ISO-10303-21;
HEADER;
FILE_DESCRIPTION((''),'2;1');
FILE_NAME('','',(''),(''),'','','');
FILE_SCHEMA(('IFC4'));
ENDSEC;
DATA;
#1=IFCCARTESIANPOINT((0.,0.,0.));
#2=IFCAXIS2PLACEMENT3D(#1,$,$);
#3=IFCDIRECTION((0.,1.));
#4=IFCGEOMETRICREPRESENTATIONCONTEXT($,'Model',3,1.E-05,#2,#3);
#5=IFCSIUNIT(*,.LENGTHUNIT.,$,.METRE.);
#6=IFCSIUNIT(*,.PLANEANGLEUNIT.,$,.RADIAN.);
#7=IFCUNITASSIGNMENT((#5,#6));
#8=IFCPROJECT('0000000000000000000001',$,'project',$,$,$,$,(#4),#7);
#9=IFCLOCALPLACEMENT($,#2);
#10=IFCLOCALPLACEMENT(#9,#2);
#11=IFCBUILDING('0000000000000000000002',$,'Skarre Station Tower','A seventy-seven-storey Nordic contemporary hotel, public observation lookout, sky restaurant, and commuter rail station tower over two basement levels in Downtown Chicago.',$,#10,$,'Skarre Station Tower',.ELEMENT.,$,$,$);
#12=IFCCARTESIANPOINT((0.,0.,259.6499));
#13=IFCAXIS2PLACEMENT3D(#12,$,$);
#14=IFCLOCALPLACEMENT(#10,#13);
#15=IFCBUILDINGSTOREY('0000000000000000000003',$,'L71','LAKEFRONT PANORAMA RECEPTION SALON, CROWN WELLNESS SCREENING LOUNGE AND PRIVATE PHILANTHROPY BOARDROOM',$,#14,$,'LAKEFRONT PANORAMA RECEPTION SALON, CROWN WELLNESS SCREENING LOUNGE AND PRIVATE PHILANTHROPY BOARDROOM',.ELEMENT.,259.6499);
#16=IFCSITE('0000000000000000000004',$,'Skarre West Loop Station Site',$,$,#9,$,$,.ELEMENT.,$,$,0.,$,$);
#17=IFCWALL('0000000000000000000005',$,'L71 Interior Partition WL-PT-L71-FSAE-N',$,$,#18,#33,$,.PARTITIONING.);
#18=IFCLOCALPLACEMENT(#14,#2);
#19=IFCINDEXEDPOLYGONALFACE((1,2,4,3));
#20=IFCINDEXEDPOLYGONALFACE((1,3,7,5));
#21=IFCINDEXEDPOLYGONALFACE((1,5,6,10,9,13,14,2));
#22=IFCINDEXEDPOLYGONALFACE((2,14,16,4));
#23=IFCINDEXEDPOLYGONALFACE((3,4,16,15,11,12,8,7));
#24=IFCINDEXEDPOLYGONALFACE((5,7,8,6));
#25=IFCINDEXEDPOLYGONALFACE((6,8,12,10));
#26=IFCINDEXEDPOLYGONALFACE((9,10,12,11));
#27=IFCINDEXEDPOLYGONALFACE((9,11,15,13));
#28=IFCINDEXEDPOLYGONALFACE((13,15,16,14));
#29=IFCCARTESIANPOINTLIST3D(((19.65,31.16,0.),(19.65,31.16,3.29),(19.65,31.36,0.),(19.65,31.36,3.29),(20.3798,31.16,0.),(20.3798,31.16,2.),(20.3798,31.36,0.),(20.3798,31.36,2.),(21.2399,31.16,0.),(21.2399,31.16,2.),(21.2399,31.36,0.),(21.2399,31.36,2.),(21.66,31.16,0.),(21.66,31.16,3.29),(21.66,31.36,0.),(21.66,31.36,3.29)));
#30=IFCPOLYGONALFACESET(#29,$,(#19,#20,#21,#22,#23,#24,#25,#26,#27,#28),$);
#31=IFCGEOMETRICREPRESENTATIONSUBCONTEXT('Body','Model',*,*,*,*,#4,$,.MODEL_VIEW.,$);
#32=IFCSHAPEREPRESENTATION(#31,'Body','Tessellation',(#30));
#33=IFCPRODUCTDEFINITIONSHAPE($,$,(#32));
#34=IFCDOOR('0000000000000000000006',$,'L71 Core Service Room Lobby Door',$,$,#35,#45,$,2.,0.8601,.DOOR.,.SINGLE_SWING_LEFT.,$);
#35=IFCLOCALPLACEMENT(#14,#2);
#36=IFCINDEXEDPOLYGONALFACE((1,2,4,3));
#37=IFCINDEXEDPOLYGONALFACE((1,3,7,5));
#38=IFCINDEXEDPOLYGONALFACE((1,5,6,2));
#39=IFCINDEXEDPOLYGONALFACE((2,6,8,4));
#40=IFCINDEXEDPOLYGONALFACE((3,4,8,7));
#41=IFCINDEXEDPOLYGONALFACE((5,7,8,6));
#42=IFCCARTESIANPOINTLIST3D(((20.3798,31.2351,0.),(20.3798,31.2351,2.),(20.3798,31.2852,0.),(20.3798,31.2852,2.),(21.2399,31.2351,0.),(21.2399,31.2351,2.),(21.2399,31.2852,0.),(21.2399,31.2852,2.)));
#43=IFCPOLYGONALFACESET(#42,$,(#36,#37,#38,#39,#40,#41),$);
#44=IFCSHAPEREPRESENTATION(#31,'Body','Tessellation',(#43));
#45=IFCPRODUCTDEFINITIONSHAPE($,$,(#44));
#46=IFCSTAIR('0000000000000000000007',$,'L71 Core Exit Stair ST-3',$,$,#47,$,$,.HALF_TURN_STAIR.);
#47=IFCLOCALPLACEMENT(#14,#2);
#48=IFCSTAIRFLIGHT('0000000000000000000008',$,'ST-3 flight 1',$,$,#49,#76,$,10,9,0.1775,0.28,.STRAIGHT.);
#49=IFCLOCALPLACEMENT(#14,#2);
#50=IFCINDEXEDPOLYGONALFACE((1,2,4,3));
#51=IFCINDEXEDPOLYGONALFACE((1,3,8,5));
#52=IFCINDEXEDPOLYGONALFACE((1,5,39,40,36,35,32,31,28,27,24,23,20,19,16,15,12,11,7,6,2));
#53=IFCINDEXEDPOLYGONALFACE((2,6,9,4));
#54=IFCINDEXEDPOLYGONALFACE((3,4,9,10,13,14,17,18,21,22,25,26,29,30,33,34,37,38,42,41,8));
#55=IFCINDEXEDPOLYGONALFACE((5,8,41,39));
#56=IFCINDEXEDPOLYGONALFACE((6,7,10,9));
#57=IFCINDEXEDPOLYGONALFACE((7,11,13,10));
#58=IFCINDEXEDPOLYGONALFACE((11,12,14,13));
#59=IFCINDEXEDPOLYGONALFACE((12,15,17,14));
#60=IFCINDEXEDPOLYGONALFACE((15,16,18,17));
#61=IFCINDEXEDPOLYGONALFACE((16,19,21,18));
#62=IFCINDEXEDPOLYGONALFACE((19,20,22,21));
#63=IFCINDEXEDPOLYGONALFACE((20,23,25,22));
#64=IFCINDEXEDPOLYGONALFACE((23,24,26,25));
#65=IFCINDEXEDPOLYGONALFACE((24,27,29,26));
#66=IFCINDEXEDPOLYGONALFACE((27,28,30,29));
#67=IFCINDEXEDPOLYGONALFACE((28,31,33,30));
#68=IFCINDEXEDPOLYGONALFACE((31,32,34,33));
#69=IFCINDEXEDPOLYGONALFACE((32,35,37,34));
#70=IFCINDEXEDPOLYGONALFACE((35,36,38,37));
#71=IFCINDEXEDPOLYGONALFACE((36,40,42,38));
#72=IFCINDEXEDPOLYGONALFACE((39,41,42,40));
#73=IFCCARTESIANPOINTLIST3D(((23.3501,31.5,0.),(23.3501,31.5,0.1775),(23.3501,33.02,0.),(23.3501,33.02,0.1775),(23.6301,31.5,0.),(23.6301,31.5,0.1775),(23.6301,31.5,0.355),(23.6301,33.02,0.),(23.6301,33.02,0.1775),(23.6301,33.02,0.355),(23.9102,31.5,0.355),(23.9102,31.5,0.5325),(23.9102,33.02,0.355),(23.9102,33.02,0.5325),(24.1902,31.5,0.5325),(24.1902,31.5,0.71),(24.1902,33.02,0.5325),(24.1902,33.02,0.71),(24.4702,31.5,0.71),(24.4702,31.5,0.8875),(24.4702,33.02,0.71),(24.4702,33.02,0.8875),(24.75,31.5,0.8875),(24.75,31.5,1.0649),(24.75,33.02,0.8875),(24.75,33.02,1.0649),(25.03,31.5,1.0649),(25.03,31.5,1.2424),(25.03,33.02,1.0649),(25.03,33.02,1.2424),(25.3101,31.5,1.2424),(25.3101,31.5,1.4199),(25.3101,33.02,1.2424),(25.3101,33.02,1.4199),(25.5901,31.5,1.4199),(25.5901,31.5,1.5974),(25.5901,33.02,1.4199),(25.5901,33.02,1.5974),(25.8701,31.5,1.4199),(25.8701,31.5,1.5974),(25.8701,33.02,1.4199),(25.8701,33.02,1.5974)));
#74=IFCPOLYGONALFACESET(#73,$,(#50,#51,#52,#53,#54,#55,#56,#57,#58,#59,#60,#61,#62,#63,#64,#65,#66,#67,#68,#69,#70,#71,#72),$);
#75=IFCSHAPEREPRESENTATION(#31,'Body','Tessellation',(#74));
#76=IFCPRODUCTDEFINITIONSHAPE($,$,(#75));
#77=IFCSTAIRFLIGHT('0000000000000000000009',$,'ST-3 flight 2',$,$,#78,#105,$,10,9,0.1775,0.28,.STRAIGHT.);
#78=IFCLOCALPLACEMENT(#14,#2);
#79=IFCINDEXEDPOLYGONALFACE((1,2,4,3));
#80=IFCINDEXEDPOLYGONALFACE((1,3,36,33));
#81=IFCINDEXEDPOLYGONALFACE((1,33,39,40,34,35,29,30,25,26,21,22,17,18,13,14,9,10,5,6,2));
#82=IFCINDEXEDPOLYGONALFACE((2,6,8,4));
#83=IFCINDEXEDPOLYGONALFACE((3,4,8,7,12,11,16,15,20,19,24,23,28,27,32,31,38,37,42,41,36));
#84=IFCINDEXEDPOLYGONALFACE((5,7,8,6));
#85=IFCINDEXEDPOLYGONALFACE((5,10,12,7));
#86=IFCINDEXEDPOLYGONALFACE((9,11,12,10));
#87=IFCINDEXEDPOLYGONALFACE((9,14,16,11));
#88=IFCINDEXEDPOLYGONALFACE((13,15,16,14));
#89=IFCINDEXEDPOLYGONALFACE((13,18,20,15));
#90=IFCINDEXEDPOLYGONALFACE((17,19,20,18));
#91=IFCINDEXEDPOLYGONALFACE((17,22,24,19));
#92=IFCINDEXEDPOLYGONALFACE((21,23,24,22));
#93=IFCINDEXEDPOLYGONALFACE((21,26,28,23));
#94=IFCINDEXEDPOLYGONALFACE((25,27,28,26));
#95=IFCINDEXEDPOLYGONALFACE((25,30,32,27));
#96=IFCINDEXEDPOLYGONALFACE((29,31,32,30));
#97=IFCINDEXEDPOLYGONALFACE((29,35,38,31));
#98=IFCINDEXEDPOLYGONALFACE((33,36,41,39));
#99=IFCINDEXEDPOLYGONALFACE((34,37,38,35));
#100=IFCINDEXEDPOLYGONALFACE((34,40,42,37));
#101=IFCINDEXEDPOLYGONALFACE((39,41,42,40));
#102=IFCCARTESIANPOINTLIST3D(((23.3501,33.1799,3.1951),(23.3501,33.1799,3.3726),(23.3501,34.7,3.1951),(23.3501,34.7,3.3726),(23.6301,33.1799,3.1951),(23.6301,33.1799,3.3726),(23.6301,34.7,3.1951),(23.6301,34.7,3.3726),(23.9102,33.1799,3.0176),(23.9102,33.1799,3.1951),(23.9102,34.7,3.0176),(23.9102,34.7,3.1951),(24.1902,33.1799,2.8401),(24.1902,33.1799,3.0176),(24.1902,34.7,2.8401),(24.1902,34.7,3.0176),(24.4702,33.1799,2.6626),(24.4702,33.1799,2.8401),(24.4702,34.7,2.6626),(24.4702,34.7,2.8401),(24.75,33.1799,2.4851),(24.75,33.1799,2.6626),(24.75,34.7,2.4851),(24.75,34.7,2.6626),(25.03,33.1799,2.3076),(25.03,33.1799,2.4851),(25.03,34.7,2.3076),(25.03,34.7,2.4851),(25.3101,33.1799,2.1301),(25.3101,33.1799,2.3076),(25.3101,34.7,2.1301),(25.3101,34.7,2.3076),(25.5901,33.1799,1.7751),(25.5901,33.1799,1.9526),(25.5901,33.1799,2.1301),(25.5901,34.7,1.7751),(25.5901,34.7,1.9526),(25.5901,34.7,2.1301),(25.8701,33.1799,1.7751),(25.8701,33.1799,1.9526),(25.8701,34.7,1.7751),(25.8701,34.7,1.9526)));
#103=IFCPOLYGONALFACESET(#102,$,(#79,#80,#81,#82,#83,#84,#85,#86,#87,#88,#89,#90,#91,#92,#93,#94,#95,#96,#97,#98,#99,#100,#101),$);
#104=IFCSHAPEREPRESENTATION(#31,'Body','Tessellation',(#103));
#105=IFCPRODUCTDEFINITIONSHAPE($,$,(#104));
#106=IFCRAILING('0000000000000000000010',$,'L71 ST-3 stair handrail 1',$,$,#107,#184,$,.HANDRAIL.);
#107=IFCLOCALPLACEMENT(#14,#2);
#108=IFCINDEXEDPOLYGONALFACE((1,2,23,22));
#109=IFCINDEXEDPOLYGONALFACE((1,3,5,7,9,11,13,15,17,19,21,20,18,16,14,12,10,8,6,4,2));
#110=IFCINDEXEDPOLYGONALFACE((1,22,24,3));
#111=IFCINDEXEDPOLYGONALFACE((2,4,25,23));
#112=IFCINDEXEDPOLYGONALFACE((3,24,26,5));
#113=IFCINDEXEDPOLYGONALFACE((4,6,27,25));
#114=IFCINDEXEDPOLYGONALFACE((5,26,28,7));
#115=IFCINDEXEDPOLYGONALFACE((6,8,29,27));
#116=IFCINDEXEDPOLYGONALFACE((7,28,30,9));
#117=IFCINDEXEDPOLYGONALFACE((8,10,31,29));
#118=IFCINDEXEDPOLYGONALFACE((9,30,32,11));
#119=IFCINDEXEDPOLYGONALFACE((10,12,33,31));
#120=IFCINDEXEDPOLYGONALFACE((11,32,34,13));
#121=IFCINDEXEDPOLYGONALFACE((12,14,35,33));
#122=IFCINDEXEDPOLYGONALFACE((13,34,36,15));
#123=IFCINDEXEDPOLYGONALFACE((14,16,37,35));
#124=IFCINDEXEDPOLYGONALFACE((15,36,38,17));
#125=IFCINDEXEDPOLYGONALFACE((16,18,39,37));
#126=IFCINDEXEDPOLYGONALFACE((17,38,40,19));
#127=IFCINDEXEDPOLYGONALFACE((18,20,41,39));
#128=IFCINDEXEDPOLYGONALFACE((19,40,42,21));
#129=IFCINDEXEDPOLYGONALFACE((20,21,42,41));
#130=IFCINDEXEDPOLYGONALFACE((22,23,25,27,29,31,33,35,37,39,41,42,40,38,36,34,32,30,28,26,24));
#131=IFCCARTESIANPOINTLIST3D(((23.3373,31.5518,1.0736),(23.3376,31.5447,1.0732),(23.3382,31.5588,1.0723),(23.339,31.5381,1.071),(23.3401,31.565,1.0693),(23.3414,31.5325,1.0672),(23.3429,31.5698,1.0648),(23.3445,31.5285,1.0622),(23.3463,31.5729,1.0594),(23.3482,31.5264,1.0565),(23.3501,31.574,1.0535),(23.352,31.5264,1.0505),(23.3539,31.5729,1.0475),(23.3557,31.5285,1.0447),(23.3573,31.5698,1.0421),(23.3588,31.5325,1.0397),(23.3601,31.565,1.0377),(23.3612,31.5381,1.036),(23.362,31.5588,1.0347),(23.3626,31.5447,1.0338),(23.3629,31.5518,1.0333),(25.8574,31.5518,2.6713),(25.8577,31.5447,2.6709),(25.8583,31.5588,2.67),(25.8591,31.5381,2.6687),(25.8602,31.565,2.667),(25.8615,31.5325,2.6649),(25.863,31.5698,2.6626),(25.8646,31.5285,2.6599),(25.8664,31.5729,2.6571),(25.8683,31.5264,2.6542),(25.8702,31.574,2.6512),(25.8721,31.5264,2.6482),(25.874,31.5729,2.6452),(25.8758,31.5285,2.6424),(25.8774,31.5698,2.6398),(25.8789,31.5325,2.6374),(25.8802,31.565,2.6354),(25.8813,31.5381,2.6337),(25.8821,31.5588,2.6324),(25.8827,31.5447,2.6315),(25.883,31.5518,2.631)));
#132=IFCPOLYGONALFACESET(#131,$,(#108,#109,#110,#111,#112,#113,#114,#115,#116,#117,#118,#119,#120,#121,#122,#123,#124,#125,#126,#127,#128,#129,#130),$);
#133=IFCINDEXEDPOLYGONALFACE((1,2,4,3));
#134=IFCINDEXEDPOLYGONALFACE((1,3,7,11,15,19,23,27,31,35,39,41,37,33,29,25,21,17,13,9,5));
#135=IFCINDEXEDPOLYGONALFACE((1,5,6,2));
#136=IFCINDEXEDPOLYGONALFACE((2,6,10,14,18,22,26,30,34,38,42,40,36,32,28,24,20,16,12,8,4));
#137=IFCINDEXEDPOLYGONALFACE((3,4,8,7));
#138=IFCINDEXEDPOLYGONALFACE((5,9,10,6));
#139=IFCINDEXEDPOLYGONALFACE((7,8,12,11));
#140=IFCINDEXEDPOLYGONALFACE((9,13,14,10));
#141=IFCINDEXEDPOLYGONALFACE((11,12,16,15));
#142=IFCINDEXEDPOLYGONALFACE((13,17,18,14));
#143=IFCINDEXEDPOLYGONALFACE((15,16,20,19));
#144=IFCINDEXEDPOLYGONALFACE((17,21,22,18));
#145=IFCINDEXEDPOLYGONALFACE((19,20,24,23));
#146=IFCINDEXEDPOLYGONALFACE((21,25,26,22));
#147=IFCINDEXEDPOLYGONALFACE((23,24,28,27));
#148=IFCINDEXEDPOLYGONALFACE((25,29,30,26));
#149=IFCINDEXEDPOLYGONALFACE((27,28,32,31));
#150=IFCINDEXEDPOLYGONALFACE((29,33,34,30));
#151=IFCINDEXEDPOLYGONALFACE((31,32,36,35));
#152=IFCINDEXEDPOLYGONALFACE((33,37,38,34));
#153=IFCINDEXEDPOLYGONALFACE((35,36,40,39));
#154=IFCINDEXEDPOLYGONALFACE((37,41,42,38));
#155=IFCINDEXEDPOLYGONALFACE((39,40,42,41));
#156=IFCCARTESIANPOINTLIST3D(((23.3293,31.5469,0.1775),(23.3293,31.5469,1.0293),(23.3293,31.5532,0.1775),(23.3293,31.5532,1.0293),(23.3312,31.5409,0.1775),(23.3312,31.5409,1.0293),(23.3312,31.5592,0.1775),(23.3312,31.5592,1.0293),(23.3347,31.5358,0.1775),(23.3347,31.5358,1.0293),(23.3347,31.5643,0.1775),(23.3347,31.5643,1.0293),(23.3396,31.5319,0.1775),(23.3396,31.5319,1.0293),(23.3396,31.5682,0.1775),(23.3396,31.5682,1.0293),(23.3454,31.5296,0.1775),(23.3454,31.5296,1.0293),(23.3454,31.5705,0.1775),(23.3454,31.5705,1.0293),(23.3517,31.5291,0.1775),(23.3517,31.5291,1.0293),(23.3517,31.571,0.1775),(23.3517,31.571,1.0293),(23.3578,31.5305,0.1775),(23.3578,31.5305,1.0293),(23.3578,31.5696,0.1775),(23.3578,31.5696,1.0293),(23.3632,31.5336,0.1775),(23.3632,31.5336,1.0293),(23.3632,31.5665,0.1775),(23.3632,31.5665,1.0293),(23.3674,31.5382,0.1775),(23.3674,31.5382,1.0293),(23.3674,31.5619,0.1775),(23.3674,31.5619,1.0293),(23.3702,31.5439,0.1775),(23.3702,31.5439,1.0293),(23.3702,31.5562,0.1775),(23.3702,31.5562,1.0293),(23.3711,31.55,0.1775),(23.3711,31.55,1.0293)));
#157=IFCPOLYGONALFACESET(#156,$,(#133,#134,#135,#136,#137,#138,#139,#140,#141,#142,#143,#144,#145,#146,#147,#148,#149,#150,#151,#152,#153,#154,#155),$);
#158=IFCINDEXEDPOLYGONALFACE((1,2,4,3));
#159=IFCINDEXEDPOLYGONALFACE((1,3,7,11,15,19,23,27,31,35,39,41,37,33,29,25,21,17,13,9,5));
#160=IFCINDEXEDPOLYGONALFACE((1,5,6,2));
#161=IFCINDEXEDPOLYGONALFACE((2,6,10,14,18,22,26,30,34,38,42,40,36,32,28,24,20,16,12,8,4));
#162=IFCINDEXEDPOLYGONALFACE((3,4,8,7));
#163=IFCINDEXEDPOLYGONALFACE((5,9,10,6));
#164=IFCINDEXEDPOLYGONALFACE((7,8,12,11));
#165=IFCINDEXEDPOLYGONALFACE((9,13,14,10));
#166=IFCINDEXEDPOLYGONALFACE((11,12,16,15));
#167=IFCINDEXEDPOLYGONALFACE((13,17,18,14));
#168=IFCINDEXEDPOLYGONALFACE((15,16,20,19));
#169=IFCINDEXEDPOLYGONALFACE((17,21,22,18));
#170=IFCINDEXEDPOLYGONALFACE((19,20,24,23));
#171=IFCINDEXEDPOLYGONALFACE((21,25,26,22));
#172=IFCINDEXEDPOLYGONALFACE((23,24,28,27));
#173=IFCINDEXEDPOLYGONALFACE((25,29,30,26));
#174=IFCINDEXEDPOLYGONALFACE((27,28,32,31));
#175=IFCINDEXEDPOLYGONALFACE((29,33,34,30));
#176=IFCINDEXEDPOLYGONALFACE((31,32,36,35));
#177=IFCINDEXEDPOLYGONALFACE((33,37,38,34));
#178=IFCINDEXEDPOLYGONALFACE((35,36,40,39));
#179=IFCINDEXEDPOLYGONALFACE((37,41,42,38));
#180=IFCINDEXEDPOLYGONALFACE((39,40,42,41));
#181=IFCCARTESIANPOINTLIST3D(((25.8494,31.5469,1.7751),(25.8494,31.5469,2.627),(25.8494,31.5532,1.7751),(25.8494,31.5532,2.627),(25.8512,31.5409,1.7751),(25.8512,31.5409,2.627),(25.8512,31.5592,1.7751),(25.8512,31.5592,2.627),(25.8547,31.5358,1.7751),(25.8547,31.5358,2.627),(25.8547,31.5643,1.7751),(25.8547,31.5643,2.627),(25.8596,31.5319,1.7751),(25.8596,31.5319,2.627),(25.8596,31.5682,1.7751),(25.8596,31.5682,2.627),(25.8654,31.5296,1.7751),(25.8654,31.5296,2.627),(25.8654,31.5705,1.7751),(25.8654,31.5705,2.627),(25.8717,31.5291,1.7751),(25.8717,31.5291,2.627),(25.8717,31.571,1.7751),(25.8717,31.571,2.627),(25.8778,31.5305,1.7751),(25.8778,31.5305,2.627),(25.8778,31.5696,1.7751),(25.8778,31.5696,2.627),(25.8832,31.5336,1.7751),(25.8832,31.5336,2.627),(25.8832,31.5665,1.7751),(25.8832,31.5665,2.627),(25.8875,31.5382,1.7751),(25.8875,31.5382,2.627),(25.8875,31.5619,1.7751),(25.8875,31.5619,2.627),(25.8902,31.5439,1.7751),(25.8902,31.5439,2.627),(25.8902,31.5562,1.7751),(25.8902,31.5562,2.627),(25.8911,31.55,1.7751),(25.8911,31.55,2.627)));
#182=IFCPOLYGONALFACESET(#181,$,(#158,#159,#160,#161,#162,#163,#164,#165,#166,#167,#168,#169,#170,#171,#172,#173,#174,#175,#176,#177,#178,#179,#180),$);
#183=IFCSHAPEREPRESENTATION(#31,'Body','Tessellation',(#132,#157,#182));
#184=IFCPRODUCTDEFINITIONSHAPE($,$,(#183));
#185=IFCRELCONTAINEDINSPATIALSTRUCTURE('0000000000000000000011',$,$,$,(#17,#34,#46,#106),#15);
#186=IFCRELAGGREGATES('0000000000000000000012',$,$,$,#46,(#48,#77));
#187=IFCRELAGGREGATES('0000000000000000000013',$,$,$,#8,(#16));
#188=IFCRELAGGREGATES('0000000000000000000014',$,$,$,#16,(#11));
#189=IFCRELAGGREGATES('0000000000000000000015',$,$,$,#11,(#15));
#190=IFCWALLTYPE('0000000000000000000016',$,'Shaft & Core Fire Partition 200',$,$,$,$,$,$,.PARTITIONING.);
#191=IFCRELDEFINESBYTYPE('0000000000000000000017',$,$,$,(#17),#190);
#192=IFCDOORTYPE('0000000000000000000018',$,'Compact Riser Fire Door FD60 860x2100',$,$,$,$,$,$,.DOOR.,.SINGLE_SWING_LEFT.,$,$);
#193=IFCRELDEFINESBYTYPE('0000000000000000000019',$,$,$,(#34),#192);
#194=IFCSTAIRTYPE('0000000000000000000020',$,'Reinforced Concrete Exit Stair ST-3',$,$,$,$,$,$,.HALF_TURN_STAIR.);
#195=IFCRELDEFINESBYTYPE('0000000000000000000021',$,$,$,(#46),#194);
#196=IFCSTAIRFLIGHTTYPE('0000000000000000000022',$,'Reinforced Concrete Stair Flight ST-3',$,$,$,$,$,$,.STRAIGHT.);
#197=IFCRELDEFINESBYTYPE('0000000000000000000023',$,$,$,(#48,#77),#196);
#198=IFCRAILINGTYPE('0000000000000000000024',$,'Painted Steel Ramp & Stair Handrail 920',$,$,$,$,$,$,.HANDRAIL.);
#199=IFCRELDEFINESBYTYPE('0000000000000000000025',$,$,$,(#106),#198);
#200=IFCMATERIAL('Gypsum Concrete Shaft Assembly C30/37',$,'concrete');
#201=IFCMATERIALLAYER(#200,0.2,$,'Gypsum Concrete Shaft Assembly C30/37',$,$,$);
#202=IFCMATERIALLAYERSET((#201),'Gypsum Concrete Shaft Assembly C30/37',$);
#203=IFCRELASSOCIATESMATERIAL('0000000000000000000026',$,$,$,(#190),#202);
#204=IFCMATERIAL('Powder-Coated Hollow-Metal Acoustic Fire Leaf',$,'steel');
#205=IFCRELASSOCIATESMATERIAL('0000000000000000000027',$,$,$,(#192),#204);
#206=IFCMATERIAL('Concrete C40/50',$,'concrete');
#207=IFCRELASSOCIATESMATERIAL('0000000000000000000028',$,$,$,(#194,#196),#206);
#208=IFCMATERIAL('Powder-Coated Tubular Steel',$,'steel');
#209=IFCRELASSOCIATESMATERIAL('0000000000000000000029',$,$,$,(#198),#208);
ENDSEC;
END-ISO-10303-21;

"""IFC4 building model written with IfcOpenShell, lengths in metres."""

from ifc_helpers import new_model, si_unit, direction, frame, frame_2d, origin, origin_2d, place, context, subcontext, project, spatial, polyline, rectangle, circle, outline, extrude, material, layer, layer_set, type_object, element, fill, aggregate, save


model = new_model("IFC4")

# Units and contexts
model_context = context("Model", 3, precision=1e-05, world=origin(), true_north=direction((0.0, 1.0)))
body_context = subcontext(model_context, "Body", "Model", "MODEL_VIEW")
ifc_project = project(units=[si_unit("LENGTHUNIT", "METRE"), si_unit("PLANEANGLEUNIT", "RADIAN")], contexts=[model_context])

# Site, building, storey
site_placement = place(None, origin())
site = spatial("IfcSite", under=ifc_project, at=site_placement, Name="Skarre West Loop Station Site", CompositionType="ELEMENT", RefElevation=0.0)
building_placement = place(site_placement, origin())
building = spatial("IfcBuilding", under=site, at=building_placement, Name="Skarre Station Tower", Description="A seventy-seven-storey Nordic contemporary hotel, public observation lookout, sky restaurant, and commuter rail station tower over two basement levels in Downtown Chicago.", LongName="Skarre Station Tower", CompositionType="ELEMENT")
storey_placement = place(building_placement, frame((0.0, 0.0, 259.6499)))
storey = spatial("IfcBuildingStorey", under=building, at=storey_placement, Name="L71", Description="LAKEFRONT PANORAMA RECEPTION SALON, CROWN WELLNESS SCREENING LOUNGE AND PRIVATE PHILANTHROPY BOARDROOM", LongName="LAKEFRONT PANORAMA RECEPTION SALON, CROWN WELLNESS SCREENING LOUNGE AND PRIVATE PHILANTHROPY BOARDROOM", CompositionType="ELEMENT", Elevation=259.6499)

# Wall, opening, door
ifc_material_1 = material(Name="Gypsum Concrete Shaft Assembly C30/37", Category="concrete")
ifc_layer_1 = layer(ifc_material_1, 0.2, Name="Gypsum Concrete Shaft Assembly C30/37")
ifc_layer_set_1 = layer_set([ifc_layer_1], Name="Gypsum Concrete Shaft Assembly C30/37")
wall_type_1 = type_object("IfcWallType", Name="Shaft & Core Fire Partition 200", PredefinedType="PARTITIONING", material=ifc_layer_set_1)
wall_1_placement = place(storey_placement, frame((21.6599, 31.26, 0.0), z_axis=(0.0, 0.0, 1.0), x_axis=(-1.0, 0.0, 0.0)))
wall_1 = element("IfcWall", 1, at=wall_1_placement, inside=storey, type_object=wall_type_1, Name="L71 Interior Partition WL-PT-L71-FSAE-N", PredefinedType="PARTITIONING", context=body_context, shape_type="SweptSolid", body=[
    extrude(rectangle(XDim=2.01, YDim=0.2, at=frame_2d((1.0049, 0.0))), origin(), (0.0, 0.0, 1.0), 3.29),
])
opening_1_placement = place(wall_1_placement, frame((0.4199, 0.0, 0.0)))
opening_1 = element("IfcOpeningElement", 2, at=opening_1_placement, cuts=wall_1, PredefinedType="OPENING", context=body_context, shape_type="SweptSolid", body=[
    extrude(rectangle(XDim=0.8601, YDim=2.0, at=frame_2d((0.4302, 1.0))), frame((0.0, 0.1099, 0.0), z_axis=(0.0, -1.0, 0.0), x_axis=(1.0, 0.0, 0.0)), (0.0, 0.0, 1.0), 0.22),
])
ifc_material_2 = material(Name="Powder-Coated Hollow-Metal Acoustic Fire Leaf", Category="steel")
door_type_1 = type_object("IfcDoorType", Name="Compact Riser Fire Door FD60 860x2100", OperationType="SINGLE_SWING_LEFT", PredefinedType="DOOR", material=ifc_material_2)
door_1_placement = place(opening_1_placement, origin())
door_1 = element("IfcDoor", 3, at=door_1_placement, inside=storey, type_object=door_type_1, Name="L71 Core Service Room Lobby Door", OperationType="SINGLE_SWING_LEFT", OverallHeight=2.0, OverallWidth=0.8601, PredefinedType="DOOR", context=body_context, shape_type="SweptSolid", body=[
    extrude(rectangle(XDim=0.8601, YDim=2.0, at=frame_2d((0.4302, 1.0))), frame((0.0, 0.0249, 0.0), z_axis=(0.0, -1.0, 0.0), x_axis=(1.0, 0.0, 0.0)), (0.0, 0.0, 1.0), 0.05),
])
fill(opening_1, door_1)

# Stair, stair flights
ifc_material_3 = material(Name="Concrete C40/50", Category="concrete")
stair_type = type_object("IfcStairType", Name="Reinforced Concrete Exit Stair ST-3", PredefinedType="HALF_TURN_STAIR", material=ifc_material_3)
stair_placement = place(storey_placement, origin())
stair = element("IfcStair", 4, at=stair_placement, inside=storey, type_object=stair_type, Name="L71 Core Exit Stair ST-3", PredefinedType="HALF_TURN_STAIR")
stair_flight_type = type_object("IfcStairFlightType", Name="Reinforced Concrete Stair Flight ST-3", PredefinedType="STRAIGHT", material=ifc_material_3)
stair_flight_1_placement = place(storey_placement, frame((23.3501, 32.26, 0.0), z_axis=(0.0, 0.0, 1.0), x_axis=(1.0, 0.0, 0.0)))
stair_flight_1 = element("IfcStairFlight", 5, at=stair_flight_1_placement, type_object=stair_flight_type, Name="ST-3 flight 1", NumberOfRisers=10, NumberOfTreads=9, PredefinedType="STRAIGHT", RiserHeight=0.1775, TreadLength=0.28, context=body_context, shape_type="SweptSolid", body=[
    extrude(outline(polyline([(0.0, 0.0), (0.0, 0.1775), (0.28, 0.1775), (0.28, 0.355), (0.5601, 0.355), (0.5601, 0.5325), (0.8401, 0.5325), (0.8401, 0.71), (1.1201, 0.71), (1.1201, 0.8875), (1.3999, 0.8875), (1.3999, 1.0649), (1.6799, 1.0649), (1.6799, 1.2424), (1.96, 1.2424), (1.96, 1.4199), (2.24, 1.4199), (2.24, 1.5974), (2.52, 1.5974), (2.52, 1.7749), (2.52, 1.4199), (0.28, 0.0), (0.0, 0.0)])), frame((0.0, 0.76, 0.0), z_axis=(0.0, -1.0, 0.0), x_axis=(1.0, 0.0, 0.0)), (0.0, 0.0, 1.0), 1.52),
])
stair_flight_2_placement = place(storey_placement, frame((25.8701, 33.9399, 1.7751), z_axis=(0.0, 0.0, 1.0), x_axis=(-1.0, 0.0, 0.0)))
stair_flight_2 = element("IfcStairFlight", 6, at=stair_flight_2_placement, type_object=stair_flight_type, Name="ST-3 flight 2", NumberOfRisers=10, NumberOfTreads=9, PredefinedType="STRAIGHT", RiserHeight=0.1775, TreadLength=0.28, context=body_context, shape_type="SweptSolid", body=[
    extrude(outline(polyline([(0.0, 0.0), (0.0, 0.1775), (0.28, 0.1775), (0.28, 0.355), (0.5601, 0.355), (0.5601, 0.5325), (0.8401, 0.5325), (0.8401, 0.71), (1.1201, 0.71), (1.1201, 0.8875), (1.3999, 0.8875), (1.3999, 1.0649), (1.6799, 1.0649), (1.6799, 1.2424), (1.96, 1.2424), (1.96, 1.4199), (2.24, 1.4199), (2.24, 1.5974), (2.52, 1.5974), (2.52, 1.7749), (2.52, 1.4199), (0.28, 0.0), (0.0, 0.0)])), frame((0.0, 0.76, 0.0), z_axis=(0.0, -1.0, 0.0), x_axis=(1.0, 0.0, 0.0)), (0.0, 0.0, 1.0), 1.52),
])
aggregate(stair, [stair_flight_1, stair_flight_2])

# Railing
ifc_material_4 = material(Name="Powder-Coated Tubular Steel", Category="steel")
railing_type_1 = type_object("IfcRailingType", Name="Painted Steel Ramp & Stair Handrail 920", PredefinedType="HANDRAIL", material=ifc_material_4)
railing_1_placement = place(storey_placement, frame((23.3501, 31.55, 0.1775)))
element("IfcRailing", 7, at=railing_1_placement, inside=storey, type_object=railing_type_1, Name="L71 ST-3 stair handrail 1", PredefinedType="HANDRAIL", context=body_context, shape_type="SweptSolid", body=[
    extrude(circle(Radius=0.0239, at=origin_2d()), frame((0.0, 0.0, 0.876), z_axis=(0.84457, 0.0, 0.535445), x_axis=(0.0, 1.0, 0.0)), (0.0, 0.0, 1.0), 2.9839),
    extrude(circle(Radius=0.021, at=origin_2d()), origin(), (0.0, 0.0, 1.0), 0.8518),
    extrude(circle(Radius=0.021, at=origin_2d()), frame((2.52, 0.0, 1.5977)), (0.0, 0.0, 1.0), 0.8518),
])

save(model, "model.ifc")
